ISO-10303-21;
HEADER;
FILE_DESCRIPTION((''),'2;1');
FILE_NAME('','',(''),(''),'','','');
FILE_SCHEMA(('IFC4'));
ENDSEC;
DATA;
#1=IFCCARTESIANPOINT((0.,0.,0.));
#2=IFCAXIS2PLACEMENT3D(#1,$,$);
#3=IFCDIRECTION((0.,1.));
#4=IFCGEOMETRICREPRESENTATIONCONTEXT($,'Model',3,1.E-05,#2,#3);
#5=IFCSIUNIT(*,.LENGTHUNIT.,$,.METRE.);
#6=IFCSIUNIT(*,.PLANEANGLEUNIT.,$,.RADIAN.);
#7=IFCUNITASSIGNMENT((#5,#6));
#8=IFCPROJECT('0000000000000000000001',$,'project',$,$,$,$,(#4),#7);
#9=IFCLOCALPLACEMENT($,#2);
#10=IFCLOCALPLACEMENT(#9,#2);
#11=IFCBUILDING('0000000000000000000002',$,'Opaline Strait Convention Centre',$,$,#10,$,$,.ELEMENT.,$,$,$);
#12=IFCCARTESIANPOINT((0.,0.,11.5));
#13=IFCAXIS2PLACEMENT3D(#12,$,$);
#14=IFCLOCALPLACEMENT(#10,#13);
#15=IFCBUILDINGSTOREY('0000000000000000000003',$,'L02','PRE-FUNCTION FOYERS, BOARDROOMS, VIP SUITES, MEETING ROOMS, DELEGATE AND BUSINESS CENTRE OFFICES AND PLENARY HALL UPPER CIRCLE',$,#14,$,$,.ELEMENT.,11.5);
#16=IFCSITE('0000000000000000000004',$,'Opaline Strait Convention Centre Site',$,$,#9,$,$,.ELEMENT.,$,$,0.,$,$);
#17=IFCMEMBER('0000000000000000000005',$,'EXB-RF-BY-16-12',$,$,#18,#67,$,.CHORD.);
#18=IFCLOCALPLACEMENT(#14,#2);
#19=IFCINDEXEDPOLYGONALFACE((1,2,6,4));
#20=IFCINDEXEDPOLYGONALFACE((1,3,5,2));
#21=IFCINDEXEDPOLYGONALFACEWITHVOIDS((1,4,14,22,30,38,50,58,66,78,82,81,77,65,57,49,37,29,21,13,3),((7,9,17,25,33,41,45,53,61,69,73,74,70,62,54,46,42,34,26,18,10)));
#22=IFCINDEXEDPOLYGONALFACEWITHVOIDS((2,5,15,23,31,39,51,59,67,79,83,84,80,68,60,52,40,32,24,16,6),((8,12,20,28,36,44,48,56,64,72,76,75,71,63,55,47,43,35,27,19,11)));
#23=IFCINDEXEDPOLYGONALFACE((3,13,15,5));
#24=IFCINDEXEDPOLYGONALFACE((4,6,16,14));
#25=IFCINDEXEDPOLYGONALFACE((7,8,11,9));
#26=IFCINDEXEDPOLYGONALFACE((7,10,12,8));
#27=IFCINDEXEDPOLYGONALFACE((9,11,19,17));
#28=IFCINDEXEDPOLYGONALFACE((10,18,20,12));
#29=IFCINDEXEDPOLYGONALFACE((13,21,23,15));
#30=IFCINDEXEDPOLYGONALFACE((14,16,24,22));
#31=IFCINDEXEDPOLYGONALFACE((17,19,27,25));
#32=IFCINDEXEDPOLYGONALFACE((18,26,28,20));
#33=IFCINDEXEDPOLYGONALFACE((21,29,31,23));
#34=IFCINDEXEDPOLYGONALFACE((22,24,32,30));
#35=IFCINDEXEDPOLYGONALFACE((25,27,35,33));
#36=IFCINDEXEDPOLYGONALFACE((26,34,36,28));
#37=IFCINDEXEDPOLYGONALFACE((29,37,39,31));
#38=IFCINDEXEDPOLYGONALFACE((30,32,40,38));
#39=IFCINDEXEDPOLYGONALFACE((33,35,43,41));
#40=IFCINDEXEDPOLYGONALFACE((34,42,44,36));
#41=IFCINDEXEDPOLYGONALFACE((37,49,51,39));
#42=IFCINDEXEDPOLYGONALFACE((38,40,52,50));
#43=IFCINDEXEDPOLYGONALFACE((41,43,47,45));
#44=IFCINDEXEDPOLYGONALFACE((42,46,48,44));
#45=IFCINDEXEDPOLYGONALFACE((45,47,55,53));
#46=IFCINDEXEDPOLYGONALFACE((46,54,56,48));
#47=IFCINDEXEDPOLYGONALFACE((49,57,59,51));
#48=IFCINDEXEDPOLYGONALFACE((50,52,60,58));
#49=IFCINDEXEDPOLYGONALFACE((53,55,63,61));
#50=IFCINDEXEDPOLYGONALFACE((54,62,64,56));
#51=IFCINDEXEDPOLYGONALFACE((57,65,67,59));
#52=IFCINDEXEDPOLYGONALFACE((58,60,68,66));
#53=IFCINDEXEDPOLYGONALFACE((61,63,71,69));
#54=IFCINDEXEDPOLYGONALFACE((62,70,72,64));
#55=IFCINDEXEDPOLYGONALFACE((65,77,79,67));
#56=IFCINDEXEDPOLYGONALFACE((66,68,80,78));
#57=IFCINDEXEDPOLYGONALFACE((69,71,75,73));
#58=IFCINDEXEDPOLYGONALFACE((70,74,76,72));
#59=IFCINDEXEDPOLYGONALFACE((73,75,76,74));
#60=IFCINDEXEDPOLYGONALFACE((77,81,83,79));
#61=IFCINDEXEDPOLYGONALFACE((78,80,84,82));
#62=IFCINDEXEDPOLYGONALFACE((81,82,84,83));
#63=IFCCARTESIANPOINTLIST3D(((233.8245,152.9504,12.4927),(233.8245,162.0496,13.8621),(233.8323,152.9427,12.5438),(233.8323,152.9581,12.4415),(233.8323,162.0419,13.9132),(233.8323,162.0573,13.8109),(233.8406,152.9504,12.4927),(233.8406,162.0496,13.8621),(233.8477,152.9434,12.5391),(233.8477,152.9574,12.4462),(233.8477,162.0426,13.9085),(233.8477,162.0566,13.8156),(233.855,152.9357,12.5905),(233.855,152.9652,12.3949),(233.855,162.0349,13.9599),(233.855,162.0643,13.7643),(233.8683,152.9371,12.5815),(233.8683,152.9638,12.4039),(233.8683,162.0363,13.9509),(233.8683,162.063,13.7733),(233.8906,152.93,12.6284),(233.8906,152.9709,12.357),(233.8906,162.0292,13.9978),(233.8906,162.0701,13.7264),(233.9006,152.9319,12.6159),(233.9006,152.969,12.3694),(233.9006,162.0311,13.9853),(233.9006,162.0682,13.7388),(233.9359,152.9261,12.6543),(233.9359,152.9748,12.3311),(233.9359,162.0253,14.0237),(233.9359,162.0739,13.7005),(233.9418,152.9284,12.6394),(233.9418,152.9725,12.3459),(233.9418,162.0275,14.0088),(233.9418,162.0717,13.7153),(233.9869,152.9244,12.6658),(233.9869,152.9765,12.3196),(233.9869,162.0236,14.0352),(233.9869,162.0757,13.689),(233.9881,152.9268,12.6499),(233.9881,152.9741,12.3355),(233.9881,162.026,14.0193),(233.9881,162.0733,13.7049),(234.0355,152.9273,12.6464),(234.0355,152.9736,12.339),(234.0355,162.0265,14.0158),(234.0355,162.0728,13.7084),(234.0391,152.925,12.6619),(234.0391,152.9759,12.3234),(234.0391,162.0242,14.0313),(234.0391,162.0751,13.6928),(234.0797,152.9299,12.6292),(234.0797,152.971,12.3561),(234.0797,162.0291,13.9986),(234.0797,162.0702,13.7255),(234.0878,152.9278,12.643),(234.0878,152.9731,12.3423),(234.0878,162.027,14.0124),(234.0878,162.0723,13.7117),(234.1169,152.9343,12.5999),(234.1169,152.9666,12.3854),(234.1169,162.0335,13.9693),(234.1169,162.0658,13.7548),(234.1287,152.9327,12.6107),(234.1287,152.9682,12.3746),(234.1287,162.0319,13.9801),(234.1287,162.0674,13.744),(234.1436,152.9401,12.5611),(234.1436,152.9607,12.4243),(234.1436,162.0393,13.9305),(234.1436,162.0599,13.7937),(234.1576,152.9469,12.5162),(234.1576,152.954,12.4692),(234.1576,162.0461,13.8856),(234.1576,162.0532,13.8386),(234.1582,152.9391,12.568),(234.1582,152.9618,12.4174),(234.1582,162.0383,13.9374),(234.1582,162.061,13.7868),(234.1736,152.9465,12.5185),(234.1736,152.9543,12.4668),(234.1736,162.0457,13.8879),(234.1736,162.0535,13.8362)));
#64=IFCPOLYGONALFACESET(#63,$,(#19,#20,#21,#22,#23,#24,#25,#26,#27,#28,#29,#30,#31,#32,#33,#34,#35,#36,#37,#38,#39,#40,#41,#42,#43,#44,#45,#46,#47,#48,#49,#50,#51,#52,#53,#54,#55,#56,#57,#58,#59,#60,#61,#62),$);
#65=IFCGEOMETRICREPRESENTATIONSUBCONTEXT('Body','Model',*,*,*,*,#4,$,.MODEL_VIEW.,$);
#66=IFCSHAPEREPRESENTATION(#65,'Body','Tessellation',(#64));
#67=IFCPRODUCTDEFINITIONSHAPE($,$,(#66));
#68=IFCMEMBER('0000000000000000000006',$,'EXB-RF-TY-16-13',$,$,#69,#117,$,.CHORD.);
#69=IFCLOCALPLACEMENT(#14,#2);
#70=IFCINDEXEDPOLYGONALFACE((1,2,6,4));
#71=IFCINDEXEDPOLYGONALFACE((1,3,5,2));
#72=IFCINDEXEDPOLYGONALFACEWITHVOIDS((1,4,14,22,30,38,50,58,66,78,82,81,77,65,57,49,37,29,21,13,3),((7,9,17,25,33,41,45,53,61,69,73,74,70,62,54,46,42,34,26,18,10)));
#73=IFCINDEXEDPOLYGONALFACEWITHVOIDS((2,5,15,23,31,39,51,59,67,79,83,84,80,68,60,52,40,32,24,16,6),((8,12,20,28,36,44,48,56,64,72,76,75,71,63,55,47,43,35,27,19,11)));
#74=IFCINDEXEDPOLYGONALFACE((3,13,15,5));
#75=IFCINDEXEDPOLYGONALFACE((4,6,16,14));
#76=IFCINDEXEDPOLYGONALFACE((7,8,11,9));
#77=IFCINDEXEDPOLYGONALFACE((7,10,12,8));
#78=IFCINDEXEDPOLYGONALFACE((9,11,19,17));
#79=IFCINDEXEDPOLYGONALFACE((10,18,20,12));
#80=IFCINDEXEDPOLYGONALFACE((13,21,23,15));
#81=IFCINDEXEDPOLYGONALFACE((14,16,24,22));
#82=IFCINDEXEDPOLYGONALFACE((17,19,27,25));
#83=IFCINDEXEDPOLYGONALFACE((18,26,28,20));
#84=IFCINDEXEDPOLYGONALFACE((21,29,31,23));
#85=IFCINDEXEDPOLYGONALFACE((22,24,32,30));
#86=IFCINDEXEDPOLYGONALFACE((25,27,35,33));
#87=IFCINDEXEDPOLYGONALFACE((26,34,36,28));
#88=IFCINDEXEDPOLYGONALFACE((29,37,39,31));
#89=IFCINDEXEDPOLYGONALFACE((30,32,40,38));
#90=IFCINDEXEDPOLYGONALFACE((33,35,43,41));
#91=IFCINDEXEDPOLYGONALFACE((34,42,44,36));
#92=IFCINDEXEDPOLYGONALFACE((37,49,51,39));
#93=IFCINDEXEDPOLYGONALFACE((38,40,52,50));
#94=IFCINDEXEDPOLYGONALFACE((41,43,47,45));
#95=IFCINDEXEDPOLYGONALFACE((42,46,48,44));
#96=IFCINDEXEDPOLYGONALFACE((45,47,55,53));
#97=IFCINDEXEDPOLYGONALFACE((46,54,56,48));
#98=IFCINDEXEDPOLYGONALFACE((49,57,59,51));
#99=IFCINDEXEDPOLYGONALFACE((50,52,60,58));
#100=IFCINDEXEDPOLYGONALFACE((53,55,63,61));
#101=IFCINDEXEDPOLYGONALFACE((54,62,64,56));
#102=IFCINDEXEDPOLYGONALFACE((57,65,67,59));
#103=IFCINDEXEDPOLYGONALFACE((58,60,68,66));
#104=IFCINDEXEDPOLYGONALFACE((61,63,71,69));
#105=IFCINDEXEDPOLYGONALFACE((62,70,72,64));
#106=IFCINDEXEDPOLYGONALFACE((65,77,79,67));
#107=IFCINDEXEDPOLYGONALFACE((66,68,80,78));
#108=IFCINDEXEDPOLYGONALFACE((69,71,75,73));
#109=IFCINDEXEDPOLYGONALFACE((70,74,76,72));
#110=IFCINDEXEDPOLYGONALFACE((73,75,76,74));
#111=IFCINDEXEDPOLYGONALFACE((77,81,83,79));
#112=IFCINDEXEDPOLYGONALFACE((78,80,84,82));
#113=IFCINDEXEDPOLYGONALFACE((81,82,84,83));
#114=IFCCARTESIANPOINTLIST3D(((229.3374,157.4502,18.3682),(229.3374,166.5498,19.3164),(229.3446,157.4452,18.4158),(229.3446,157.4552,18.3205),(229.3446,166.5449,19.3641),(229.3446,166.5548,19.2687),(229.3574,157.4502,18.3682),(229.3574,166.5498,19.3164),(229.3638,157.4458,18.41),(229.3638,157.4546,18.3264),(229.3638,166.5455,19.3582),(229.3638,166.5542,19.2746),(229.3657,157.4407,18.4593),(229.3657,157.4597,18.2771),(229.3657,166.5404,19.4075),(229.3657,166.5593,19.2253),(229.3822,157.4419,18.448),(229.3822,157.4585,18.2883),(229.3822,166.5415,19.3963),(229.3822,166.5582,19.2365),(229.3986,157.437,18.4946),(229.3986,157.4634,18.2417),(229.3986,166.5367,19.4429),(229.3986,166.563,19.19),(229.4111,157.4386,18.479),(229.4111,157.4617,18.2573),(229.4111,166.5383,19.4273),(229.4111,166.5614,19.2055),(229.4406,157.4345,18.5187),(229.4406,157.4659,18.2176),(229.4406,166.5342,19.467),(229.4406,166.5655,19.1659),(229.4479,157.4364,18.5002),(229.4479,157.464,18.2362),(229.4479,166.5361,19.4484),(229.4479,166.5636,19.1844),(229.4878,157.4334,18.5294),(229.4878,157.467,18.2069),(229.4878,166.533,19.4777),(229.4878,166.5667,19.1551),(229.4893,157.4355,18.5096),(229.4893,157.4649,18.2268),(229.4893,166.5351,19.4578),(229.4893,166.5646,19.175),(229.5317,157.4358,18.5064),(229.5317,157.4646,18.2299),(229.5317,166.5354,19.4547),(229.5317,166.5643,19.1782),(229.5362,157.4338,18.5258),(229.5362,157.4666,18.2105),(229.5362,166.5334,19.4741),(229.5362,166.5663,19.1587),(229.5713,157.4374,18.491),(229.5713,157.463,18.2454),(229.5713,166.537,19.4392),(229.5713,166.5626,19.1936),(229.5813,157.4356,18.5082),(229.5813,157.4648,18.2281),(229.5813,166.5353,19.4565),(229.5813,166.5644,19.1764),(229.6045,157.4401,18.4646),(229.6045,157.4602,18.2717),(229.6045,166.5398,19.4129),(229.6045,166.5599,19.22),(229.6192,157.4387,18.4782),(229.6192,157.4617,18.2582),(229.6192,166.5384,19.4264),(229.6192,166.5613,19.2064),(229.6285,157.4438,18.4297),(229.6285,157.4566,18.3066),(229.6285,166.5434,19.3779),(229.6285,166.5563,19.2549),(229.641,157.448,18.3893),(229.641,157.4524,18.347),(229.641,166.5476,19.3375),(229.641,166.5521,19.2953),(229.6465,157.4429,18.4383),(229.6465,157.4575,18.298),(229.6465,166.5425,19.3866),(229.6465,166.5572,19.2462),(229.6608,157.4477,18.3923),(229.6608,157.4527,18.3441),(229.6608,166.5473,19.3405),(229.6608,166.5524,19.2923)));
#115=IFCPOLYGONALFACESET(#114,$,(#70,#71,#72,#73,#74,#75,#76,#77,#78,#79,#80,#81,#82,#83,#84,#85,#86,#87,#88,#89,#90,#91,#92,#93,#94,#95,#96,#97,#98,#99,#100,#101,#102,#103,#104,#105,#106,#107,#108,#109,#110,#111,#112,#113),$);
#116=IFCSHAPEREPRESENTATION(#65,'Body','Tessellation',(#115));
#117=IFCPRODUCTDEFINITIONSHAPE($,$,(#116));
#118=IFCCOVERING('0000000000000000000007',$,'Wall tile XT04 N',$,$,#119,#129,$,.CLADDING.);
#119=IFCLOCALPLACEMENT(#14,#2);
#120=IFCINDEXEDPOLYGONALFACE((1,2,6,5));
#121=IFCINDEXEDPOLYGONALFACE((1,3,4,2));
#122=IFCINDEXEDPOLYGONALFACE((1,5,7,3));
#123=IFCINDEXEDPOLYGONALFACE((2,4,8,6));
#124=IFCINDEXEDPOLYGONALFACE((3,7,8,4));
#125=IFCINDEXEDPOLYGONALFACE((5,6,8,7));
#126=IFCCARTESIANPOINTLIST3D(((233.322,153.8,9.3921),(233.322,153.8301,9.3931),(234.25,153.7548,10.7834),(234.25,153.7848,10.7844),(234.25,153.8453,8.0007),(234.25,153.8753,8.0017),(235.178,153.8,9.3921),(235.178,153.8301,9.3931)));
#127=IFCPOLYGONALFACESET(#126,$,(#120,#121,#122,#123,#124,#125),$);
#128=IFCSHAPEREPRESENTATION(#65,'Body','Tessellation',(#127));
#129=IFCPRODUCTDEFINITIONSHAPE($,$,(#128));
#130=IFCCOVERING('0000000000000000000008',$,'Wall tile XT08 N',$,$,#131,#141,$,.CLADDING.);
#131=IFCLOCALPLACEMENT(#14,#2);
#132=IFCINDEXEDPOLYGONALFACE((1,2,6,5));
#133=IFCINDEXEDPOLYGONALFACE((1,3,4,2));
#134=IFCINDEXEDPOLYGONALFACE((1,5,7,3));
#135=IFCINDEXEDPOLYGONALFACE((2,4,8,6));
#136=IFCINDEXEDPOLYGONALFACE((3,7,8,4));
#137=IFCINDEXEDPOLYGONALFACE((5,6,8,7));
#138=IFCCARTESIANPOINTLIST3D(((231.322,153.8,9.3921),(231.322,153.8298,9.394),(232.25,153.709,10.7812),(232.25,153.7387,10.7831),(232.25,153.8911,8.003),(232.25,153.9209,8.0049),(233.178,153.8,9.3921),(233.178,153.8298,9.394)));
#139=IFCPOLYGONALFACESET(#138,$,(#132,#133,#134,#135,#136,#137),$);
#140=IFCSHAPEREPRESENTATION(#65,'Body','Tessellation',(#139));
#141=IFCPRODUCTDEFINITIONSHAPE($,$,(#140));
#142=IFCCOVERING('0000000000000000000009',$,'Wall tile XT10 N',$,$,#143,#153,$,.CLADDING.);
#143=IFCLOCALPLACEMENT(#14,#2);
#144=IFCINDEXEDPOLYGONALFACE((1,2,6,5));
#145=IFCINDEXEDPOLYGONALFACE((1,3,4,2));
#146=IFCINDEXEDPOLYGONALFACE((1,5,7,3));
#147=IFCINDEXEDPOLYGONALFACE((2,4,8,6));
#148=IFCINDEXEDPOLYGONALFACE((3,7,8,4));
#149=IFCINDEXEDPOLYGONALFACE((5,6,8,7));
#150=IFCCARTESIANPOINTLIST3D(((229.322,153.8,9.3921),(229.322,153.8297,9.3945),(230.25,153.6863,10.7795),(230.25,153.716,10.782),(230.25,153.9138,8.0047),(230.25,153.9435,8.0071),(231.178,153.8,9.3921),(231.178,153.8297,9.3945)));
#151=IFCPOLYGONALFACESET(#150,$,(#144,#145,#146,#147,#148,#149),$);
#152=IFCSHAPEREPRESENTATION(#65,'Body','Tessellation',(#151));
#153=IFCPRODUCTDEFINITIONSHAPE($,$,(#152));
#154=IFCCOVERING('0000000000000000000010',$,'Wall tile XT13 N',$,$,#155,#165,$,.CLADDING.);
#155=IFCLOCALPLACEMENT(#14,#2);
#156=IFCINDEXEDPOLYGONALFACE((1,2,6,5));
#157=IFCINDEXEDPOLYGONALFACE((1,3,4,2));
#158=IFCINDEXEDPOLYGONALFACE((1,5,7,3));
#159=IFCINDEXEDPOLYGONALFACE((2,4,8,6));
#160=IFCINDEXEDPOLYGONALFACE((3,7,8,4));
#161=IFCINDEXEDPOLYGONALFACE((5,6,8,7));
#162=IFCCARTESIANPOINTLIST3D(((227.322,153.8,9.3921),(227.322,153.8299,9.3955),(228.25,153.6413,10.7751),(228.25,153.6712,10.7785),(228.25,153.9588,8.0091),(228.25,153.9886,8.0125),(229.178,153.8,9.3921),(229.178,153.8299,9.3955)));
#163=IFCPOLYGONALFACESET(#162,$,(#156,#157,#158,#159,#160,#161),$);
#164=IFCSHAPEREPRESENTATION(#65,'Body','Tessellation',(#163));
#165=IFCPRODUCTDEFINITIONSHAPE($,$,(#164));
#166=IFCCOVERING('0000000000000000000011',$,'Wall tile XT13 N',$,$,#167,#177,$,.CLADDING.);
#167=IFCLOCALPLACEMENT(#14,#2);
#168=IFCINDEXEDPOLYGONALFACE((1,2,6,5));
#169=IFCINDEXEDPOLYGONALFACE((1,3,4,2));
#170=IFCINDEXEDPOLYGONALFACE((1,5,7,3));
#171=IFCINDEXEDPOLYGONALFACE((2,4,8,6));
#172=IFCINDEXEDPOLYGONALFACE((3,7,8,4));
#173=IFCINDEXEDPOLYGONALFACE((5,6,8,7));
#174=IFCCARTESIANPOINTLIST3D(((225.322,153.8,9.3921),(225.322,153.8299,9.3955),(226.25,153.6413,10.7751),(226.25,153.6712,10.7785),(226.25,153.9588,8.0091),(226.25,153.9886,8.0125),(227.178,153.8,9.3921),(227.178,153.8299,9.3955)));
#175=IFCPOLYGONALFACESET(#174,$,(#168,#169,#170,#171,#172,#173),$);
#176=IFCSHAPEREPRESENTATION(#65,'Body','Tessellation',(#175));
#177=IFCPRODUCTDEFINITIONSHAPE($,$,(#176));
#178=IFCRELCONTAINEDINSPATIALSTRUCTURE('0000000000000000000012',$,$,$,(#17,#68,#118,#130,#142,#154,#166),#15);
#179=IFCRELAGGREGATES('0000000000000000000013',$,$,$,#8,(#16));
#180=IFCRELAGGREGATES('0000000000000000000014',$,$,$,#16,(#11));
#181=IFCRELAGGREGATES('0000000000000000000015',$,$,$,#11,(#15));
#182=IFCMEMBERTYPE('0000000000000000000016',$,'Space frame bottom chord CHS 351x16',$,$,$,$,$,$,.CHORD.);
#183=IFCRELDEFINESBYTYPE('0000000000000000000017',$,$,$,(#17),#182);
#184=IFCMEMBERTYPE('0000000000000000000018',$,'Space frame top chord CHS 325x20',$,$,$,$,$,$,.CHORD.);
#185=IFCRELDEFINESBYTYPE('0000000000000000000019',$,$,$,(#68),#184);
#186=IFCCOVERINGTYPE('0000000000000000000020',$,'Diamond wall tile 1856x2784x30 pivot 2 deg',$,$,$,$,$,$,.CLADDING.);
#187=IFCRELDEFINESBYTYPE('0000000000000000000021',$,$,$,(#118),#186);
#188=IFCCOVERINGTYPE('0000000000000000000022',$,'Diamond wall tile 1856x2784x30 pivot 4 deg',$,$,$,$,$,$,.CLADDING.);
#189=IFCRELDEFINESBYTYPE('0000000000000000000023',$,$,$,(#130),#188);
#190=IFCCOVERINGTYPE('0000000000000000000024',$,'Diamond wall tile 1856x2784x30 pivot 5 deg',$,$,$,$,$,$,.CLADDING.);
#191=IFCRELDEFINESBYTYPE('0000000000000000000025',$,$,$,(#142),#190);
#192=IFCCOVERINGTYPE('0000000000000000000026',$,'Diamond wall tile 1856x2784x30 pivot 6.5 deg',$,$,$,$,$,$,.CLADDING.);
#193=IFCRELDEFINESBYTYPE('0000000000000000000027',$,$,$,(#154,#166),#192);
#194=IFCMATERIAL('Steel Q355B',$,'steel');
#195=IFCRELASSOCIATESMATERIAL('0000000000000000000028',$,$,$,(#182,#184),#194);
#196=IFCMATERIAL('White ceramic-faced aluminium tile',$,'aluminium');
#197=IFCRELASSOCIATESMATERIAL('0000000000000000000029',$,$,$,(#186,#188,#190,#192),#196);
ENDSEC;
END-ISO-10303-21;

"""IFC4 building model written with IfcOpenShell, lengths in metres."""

from ifc_helpers import new_model, si_unit, direction, frame, origin, origin_2d, place, context, subcontext, project, spatial, polyline, hollow_circle, outline, extrude, material, material_profile, profile_set, type_object, element, save


model = new_model("IFC4")

# Units and contexts
model_context = context("Model", 3, precision=1e-05, world=origin(), true_north=direction((0.0, 1.0)))
body_context = subcontext(model_context, "Body", "Model", "MODEL_VIEW")
ifc_project = project(units=[si_unit("LENGTHUNIT", "METRE"), si_unit("PLANEANGLEUNIT", "RADIAN")], contexts=[model_context])

# Site, building, storey
site_placement = place(None, origin())
site = spatial("IfcSite", under=ifc_project, at=site_placement, Name="Opaline Strait Convention Centre Site", CompositionType="ELEMENT", RefElevation=0.0)
building_placement = place(site_placement, origin())
building = spatial("IfcBuilding", under=site, at=building_placement, Name="Opaline Strait Convention Centre", CompositionType="ELEMENT")
storey_placement = place(building_placement, frame((0.0, 0.0, 11.5)))
storey = spatial("IfcBuildingStorey", under=building, at=storey_placement, Name="L02", Description="PRE-FUNCTION FOYERS, BOARDROOMS, VIP SUITES, MEETING ROOMS, DELEGATE AND BUSINESS CENTRE OFFICES AND PLENARY HALL UPPER CIRCLE", CompositionType="ELEMENT", Elevation=11.5)

# Members
ifc_material_1 = material(Name="Steel Q355B", Category="steel")
ifc_material_profile_1 = material_profile(ifc_material_1, hollow_circle(Radius=0.1755, WallThickness=0.0161, at=origin_2d()), Name="CHS 351x16")
ifc_profile_set_1 = profile_set([ifc_material_profile_1], Name="Steel Q355B")
member_type_1 = type_object("IfcMemberType", Name="Space frame bottom chord CHS 351x16", PredefinedType="CHORD", material=ifc_profile_set_1)
member_1_placement = place(storey_placement, frame((234.0, 152.9504, 12.4927), z_axis=(0.0, 0.988864, 0.14882), x_axis=(-1.0, 0.0, 0.0)))
element("IfcMember", 1, at=member_1_placement, inside=storey, type_object=member_type_1, Name="EXB-RF-BY-16-12", PredefinedType="CHORD", context=body_context, shape_type="SweptSolid", body=[
    extrude(hollow_circle(Radius=0.1755, WallThickness=0.0161, at=origin_2d()), origin(), (0.0, 0.0, 1.0), 9.2017),
])
ifc_material_profile_2 = material_profile(ifc_material_1, hollow_circle(Radius=0.1626, WallThickness=0.02, at=origin_2d()), Name="CHS 325x20")
ifc_profile_set_2 = profile_set([ifc_material_profile_2], Name="Steel Q355B")
member_type_2 = type_object("IfcMemberType", Name="Space frame top chord CHS 325x20", PredefinedType="CHORD", material=ifc_profile_set_2)
member_2_placement = place(storey_placement, frame((229.5, 157.4502, 18.3682), z_axis=(0.0, 0.994614, 0.103646), x_axis=(-1.0, 0.0, 0.0)))
element("IfcMember", 2, at=member_2_placement, inside=storey, type_object=member_type_2, Name="EXB-RF-TY-16-13", PredefinedType="CHORD", context=body_context, shape_type="SweptSolid", body=[
    extrude(hollow_circle(Radius=0.1626, WallThickness=0.02, at=origin_2d()), origin(), (0.0, 0.0, 1.0), 9.1489),
])

# Coverings
ifc_material_2 = material(Name="White ceramic-faced aluminium tile", Category="aluminium")
ifc_material_profile_3 = material_profile(ifc_material_2, outline(polyline([(0.928, 0.0), (0.0, 1.3921), (-0.928, 0.0), (0.0, -1.3921), (0.928, 0.0)])), Name="Diamond tile 1856x2784")
ifc_profile_set_3 = profile_set([ifc_material_profile_3], Name="White ceramic-faced aluminium tile")
covering_type_1 = type_object("IfcCoveringType", Name="Diamond wall tile 1856x2784x30 pivot 2 deg", PredefinedType="CLADDING", material=ifc_profile_set_3)
covering_1_placement = place(storey_placement, frame((234.25, 153.8, 9.3921), z_axis=(0.0, 0.999472, 0.032503), x_axis=(-1.0, 0.0, 0.0)))
element("IfcCovering", 3, at=covering_1_placement, inside=storey, type_object=covering_type_1, Name="Wall tile XT04 N", PredefinedType="CLADDING", context=body_context, shape_type="SweptSolid", body=[
    extrude(outline(polyline([(0.928, 0.0), (0.0, 1.3921), (-0.928, 0.0), (0.0, -1.3921), (0.928, 0.0)])), origin(), (0.0, 0.0, 1.0), 0.03),
])
ifc_material_profile_4 = material_profile(ifc_material_2, outline(polyline([(0.928, 0.0), (0.0, 1.3921), (-0.928, 0.0), (0.0, -1.3921), (0.928, 0.0)])), Name="Diamond tile 1856x2784")
ifc_profile_set_4 = profile_set([ifc_material_profile_4], Name="White ceramic-faced aluminium tile")
covering_type_2 = type_object("IfcCoveringType", Name="Diamond wall tile 1856x2784x30 pivot 4 deg", PredefinedType="CLADDING", material=ifc_profile_set_4)
covering_2_placement = place(storey_placement, frame((232.25, 153.8, 9.3921), z_axis=(0.0, 0.997857, 0.065433), x_axis=(-1.0, 0.0, 0.0)))
element("IfcCovering", 4, at=covering_2_placement, inside=storey, type_object=covering_type_2, Name="Wall tile XT08 N", PredefinedType="CLADDING", context=body_context, shape_type="SweptSolid", body=[
    extrude(outline(polyline([(0.928, 0.0), (0.0, 1.3921), (-0.928, 0.0), (0.0, -1.3921), (0.928, 0.0)])), origin(), (0.0, 0.0, 1.0), 0.0298),
])
ifc_material_profile_5 = material_profile(ifc_material_2, outline(polyline([(0.928, 0.0), (0.0, 1.3921), (-0.928, 0.0), (0.0, -1.3921), (0.928, 0.0)])), Name="Diamond tile 1856x2784")
ifc_profile_set_5 = profile_set([ifc_material_profile_5], Name="White ceramic-faced aluminium tile")
covering_type_3 = type_object("IfcCoveringType", Name="Diamond wall tile 1856x2784x30 pivot 5 deg", PredefinedType="CLADDING", material=ifc_profile_set_5)
covering_3_placement = place(storey_placement, frame((230.25, 153.8, 9.3921), z_axis=(0.0, 0.996658, 0.081693), x_axis=(-1.0, 0.0, 0.0)))
element("IfcCovering", 5, at=covering_3_placement, inside=storey, type_object=covering_type_3, Name="Wall tile XT10 N", PredefinedType="CLADDING", context=body_context, shape_type="SweptSolid", body=[
    extrude(outline(polyline([(0.928, 0.0), (0.0, 1.3921), (-0.928, 0.0), (0.0, -1.3921), (0.928, 0.0)])), origin(), (0.0, 0.0, 1.0), 0.0298),
])
ifc_material_profile_6 = material_profile(ifc_material_2, outline(polyline([(0.928, 0.0), (0.0, 1.3921), (-0.928, 0.0), (0.0, -1.3921), (0.928, 0.0)])), Name="Diamond tile 1856x2784")
ifc_profile_set_6 = profile_set([ifc_material_profile_6], Name="White ceramic-faced aluminium tile")
covering_type_4 = type_object("IfcCoveringType", Name="Diamond wall tile 1856x2784x30 pivot 6.5 deg", PredefinedType="CLADDING", material=ifc_profile_set_6)
for number, where, z_axis, x_axis, name in (
    (6, (228.25, 153.8, 9.3921), (0.0, 0.99348, 0.114006), (-1.0, 0.0, 0.0), "Wall tile XT13 N"),
    (7, (226.25, 153.8, 9.3921), (0.0, 0.99348, 0.114006), (-1.0, 0.0, 0.0), "Wall tile XT13 N"),
):
    element("IfcCovering", number, at=place(storey_placement, frame(where, z_axis=z_axis, x_axis=x_axis)), inside=storey, type_object=covering_type_4, Name=name, PredefinedType="CLADDING", context=body_context, shape_type="SweptSolid", body=[
        extrude(outline(polyline([(0.928, 0.0), (0.0, 1.3921), (-0.928, 0.0), (0.0, -1.3921), (0.928, 0.0)])), origin(), (0.0, 0.0, 1.0), 0.03),
    ])

save(model, "model.ifc")
